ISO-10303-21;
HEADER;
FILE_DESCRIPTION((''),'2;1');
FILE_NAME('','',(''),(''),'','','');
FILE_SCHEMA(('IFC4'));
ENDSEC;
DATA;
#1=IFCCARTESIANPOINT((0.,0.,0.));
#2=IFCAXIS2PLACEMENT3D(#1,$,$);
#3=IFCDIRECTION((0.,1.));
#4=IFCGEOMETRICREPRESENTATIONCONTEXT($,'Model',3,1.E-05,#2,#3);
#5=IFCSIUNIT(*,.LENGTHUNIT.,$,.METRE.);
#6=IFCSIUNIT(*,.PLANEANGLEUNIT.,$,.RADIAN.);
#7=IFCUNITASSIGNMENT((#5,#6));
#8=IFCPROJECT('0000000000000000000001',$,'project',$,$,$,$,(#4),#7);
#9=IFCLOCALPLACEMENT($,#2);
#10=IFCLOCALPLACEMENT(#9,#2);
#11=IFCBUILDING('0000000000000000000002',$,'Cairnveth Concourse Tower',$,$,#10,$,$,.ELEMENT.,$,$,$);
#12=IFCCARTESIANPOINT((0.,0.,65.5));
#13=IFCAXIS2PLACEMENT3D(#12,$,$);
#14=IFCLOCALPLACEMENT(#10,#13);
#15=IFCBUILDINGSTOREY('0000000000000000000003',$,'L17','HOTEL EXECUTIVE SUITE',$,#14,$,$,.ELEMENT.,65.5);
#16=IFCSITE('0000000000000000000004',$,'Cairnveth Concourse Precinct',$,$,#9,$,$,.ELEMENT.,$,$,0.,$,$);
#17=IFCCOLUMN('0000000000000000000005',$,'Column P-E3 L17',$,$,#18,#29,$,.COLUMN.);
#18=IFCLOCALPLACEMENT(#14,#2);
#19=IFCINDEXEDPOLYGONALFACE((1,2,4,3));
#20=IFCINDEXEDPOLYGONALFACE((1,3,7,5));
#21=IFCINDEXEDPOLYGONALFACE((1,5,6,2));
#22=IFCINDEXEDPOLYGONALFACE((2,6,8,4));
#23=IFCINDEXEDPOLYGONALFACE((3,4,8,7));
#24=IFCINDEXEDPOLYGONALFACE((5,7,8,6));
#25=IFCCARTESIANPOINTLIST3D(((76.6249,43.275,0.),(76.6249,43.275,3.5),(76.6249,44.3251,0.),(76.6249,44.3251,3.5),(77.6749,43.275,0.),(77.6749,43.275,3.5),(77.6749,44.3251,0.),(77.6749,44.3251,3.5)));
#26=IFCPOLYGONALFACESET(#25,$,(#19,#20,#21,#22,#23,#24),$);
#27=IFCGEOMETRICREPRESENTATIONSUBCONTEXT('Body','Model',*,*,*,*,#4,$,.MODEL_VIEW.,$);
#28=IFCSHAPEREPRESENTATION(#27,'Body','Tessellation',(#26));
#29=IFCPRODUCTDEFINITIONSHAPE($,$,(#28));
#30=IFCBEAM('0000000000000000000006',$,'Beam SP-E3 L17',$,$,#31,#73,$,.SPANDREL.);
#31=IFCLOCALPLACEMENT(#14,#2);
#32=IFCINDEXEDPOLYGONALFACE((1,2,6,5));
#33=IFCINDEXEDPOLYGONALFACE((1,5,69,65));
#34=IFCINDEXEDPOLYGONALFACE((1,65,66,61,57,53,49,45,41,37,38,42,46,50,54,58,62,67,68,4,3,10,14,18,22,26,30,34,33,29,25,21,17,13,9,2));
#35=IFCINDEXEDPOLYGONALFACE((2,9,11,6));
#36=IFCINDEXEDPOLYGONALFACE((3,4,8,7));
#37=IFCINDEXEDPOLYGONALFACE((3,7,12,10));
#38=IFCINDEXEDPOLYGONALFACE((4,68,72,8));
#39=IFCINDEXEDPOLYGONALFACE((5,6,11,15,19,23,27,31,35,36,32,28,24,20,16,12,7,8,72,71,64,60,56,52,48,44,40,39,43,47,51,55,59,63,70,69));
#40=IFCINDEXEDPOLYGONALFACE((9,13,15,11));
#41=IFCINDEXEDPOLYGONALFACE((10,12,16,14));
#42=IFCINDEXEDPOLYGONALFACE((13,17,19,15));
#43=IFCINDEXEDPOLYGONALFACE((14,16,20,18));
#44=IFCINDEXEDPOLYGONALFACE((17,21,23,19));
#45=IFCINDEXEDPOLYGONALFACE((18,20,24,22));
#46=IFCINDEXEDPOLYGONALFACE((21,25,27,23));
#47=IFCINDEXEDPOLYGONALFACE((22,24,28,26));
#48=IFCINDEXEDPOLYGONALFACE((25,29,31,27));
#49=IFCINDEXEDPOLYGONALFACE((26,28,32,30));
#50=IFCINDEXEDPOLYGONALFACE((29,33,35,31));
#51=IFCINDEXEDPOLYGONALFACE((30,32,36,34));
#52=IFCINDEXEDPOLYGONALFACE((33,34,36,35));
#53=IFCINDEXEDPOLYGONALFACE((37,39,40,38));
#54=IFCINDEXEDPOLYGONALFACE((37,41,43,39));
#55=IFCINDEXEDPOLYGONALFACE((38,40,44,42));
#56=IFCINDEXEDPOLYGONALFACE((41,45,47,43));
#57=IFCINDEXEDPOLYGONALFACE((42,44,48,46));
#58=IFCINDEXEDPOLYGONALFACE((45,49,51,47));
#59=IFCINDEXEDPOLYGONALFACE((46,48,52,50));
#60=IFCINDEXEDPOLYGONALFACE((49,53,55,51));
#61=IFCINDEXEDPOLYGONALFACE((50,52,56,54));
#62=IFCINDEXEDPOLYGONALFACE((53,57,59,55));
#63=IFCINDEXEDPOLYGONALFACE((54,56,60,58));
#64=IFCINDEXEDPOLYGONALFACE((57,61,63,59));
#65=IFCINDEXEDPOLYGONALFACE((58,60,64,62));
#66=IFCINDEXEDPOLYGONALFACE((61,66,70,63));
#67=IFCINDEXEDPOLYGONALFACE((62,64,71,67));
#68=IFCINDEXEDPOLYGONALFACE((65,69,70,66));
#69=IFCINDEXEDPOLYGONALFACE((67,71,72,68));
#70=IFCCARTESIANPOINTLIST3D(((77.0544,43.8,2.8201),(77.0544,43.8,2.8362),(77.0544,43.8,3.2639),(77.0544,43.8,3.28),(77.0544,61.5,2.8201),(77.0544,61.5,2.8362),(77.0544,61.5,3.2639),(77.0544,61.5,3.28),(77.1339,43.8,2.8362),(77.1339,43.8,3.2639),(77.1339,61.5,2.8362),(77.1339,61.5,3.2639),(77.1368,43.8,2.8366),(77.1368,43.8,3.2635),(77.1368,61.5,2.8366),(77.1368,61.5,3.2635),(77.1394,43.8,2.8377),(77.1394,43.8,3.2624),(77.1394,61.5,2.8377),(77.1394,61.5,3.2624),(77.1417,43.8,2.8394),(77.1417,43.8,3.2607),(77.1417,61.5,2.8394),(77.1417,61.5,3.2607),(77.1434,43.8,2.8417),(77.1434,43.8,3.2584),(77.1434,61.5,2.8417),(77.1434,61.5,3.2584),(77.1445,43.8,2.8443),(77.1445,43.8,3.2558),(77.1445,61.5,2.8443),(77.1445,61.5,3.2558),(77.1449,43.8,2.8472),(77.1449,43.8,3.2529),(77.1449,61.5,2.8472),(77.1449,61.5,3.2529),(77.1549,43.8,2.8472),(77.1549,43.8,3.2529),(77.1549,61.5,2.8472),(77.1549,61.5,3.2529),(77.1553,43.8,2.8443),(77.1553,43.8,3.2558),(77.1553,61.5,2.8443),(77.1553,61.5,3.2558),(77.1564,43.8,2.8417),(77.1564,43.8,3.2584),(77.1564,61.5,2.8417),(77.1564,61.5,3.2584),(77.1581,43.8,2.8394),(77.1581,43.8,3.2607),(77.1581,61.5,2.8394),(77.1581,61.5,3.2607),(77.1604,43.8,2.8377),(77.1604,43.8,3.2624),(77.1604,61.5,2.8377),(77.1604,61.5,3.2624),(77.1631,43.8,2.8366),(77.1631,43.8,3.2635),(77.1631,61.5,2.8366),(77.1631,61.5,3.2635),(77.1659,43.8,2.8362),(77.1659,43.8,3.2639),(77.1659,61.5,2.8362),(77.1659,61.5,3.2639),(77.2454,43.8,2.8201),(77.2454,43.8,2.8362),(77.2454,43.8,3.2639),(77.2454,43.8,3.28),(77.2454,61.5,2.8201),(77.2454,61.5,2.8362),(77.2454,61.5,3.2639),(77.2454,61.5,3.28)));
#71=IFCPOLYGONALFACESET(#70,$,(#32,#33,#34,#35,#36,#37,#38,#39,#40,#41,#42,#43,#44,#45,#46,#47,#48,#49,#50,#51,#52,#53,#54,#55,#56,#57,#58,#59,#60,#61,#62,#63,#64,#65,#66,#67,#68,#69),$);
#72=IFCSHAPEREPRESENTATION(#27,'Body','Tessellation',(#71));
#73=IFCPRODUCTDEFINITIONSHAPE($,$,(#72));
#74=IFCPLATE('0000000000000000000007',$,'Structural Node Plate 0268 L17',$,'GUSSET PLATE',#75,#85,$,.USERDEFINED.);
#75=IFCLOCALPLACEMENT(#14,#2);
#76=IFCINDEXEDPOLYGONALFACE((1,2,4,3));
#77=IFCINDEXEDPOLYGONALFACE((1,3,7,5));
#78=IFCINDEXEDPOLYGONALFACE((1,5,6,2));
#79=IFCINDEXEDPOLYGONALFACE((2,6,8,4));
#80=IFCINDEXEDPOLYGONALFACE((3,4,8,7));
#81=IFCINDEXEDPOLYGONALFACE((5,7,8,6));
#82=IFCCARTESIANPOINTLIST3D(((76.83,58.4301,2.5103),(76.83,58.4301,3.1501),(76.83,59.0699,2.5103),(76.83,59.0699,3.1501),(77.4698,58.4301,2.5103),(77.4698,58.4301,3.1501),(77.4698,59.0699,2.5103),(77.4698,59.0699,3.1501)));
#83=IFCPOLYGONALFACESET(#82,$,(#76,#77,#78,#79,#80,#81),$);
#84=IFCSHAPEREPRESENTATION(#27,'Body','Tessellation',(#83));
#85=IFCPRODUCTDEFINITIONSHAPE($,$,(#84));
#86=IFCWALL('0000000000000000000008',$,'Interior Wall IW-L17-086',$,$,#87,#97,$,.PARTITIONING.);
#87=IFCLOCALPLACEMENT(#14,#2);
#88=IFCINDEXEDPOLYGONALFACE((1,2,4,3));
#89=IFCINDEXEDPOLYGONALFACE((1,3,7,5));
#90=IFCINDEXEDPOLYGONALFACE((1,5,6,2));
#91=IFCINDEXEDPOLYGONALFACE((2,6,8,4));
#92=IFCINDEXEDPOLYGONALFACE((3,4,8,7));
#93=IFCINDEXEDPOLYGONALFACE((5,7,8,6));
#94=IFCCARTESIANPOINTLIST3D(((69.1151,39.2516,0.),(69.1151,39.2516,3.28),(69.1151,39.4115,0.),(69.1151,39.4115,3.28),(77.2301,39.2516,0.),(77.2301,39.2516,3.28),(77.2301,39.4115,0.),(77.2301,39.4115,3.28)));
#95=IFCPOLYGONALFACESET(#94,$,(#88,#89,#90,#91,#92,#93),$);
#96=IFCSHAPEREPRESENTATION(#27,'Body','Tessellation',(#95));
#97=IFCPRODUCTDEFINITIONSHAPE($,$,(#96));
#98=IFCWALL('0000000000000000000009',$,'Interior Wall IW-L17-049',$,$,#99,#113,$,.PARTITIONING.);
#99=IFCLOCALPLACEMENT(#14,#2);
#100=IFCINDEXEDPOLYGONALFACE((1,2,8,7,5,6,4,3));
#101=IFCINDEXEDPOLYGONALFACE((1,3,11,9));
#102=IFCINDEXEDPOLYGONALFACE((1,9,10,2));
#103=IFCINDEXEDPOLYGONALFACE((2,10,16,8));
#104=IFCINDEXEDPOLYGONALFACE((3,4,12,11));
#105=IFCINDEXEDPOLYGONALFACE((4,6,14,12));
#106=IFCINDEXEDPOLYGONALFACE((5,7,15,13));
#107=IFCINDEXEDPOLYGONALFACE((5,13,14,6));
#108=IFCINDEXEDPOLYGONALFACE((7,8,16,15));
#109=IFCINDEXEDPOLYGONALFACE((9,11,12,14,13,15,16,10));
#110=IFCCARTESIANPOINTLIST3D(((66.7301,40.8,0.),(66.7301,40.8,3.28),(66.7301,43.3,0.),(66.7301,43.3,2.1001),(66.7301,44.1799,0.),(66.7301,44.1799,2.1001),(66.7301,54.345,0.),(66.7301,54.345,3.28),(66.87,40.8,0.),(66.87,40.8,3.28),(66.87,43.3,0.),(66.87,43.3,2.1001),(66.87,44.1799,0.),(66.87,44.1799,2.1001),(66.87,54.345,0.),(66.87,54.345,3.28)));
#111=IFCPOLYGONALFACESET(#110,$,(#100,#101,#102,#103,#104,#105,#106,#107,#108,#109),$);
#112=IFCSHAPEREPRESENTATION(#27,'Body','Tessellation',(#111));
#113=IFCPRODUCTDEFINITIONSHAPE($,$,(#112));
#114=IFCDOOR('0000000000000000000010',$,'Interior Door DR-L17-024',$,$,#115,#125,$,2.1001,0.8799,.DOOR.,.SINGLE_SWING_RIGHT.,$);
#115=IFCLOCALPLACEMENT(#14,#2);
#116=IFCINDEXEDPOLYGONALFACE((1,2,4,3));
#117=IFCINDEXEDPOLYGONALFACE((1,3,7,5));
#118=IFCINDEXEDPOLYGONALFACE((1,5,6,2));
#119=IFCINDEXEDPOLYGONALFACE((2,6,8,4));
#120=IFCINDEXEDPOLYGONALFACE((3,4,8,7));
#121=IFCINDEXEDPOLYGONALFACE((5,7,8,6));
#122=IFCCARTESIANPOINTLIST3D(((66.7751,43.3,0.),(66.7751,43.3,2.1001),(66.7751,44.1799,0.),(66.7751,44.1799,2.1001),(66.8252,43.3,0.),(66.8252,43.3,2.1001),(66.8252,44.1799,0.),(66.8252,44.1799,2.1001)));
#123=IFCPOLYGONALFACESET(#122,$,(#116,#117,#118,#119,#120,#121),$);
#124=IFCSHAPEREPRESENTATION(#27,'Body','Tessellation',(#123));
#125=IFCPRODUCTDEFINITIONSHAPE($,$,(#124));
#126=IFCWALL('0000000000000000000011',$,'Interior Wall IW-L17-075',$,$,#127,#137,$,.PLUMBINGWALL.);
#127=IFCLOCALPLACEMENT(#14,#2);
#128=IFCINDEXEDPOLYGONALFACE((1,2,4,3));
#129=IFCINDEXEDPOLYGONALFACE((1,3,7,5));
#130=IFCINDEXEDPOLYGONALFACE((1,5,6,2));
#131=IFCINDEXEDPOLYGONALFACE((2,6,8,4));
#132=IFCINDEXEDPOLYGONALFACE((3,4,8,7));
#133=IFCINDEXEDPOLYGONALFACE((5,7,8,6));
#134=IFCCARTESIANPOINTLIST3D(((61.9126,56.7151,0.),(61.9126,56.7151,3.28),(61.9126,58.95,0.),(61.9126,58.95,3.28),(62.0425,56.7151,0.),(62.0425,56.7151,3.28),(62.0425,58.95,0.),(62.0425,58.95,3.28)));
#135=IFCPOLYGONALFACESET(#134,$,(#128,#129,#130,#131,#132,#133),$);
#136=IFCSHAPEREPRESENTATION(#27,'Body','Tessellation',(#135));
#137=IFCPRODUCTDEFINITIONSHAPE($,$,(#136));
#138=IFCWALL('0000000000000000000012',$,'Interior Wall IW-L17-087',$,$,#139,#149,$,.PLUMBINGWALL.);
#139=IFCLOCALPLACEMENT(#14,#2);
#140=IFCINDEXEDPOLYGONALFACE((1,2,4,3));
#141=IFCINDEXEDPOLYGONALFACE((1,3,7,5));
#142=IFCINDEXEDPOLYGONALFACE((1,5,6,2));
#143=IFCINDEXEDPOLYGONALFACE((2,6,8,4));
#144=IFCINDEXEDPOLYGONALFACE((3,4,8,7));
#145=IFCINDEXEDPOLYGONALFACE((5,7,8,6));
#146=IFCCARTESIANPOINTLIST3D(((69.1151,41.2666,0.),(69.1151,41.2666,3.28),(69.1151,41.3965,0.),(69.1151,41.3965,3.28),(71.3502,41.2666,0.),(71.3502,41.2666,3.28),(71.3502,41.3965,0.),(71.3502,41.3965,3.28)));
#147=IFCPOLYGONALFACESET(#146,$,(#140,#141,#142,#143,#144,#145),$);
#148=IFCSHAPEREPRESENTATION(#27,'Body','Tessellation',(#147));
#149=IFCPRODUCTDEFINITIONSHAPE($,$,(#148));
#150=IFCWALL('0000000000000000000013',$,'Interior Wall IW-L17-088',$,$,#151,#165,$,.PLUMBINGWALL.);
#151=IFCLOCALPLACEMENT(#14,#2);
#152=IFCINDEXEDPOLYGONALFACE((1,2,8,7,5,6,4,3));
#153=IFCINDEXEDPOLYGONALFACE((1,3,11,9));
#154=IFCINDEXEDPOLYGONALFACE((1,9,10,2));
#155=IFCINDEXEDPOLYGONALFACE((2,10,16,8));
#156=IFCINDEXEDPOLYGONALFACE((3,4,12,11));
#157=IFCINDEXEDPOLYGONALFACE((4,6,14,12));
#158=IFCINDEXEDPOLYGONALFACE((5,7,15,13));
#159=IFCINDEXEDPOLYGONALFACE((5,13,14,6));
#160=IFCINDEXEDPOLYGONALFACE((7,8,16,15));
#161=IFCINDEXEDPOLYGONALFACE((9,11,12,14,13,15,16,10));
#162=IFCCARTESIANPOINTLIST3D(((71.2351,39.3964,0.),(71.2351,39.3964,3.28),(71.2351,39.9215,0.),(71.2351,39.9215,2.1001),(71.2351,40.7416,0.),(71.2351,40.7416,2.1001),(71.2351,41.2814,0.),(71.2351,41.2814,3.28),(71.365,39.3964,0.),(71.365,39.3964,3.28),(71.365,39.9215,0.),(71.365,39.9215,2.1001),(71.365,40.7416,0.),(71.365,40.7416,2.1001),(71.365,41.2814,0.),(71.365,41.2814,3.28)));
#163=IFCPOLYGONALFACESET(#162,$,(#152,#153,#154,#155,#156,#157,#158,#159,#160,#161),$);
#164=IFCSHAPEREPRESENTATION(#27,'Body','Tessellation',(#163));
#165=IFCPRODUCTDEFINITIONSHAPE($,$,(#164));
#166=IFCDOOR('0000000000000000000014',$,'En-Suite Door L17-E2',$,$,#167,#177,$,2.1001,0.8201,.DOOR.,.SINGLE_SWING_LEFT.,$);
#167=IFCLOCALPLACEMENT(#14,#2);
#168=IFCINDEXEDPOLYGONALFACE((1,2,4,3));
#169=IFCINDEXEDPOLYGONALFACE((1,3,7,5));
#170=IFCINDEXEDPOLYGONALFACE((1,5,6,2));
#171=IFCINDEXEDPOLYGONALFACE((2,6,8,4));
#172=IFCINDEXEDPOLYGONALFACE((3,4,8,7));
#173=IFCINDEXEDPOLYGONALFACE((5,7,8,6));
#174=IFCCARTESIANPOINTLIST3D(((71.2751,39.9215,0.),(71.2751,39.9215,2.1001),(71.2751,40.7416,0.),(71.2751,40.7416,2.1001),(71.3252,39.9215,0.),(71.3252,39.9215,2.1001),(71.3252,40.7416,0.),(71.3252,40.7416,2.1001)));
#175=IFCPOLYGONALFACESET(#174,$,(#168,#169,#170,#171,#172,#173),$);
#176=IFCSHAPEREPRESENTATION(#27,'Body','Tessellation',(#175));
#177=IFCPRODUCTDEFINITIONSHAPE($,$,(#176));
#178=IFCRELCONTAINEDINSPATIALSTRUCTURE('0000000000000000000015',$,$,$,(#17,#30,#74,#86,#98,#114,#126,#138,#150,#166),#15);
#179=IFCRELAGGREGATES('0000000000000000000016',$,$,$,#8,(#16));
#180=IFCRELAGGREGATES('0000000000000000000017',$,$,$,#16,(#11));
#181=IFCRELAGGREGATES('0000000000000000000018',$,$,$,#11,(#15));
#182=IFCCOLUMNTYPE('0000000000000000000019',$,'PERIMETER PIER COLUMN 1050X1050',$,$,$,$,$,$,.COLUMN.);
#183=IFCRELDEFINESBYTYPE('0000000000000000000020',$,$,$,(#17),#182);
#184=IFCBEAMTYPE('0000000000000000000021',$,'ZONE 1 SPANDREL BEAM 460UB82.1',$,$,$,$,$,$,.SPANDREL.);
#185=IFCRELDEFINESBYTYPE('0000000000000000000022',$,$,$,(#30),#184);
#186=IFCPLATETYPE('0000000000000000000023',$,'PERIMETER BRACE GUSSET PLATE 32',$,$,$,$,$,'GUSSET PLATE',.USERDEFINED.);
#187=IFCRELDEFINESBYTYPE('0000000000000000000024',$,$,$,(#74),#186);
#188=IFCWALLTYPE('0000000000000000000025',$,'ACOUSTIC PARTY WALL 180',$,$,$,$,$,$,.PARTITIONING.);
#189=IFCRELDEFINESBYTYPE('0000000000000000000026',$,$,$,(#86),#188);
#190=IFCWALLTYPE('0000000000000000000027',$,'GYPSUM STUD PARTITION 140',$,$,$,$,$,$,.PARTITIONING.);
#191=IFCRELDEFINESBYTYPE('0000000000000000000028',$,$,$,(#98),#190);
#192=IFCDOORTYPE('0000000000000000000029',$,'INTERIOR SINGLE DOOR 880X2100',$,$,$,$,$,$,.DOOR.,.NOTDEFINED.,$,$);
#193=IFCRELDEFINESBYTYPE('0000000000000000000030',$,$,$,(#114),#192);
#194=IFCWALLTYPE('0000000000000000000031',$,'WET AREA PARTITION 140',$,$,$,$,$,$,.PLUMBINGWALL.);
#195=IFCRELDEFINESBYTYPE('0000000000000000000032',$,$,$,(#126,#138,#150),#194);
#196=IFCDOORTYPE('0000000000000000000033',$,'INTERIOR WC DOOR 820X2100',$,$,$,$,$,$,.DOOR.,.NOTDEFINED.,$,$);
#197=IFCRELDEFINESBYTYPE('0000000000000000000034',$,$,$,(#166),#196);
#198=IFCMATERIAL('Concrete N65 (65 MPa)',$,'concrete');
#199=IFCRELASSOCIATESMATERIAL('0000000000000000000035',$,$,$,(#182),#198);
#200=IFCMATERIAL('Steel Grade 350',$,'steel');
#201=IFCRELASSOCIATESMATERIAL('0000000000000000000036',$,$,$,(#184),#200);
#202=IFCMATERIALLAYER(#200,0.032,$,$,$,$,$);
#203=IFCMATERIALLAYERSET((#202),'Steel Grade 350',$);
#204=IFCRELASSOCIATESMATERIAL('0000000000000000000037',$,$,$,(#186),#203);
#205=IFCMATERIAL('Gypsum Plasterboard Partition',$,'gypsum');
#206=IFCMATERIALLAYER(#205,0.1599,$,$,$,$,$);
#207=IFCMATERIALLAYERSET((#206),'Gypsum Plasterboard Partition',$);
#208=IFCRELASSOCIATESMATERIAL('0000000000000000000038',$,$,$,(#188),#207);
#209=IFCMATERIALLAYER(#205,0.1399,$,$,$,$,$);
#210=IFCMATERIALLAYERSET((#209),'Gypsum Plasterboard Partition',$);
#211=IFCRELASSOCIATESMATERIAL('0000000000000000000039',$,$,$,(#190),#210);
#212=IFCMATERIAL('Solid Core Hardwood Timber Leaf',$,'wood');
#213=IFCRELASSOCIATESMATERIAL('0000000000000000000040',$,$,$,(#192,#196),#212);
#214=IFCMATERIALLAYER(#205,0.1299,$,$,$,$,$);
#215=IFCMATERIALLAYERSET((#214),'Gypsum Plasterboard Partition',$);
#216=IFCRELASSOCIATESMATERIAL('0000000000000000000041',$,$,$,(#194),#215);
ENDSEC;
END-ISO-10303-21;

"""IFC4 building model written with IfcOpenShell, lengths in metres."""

from ifc_helpers import new_model, si_unit, direction, frame, frame_2d, origin, origin_2d, place, context, subcontext, project, spatial, rectangle, i_section, extrude, material, layer, layer_set, material_profile, profile_set, type_object, element, fill, save


model = new_model("IFC4")

# Units and contexts
model_context = context("Model", 3, precision=1e-05, world=origin(), true_north=direction((0.0, 1.0)))
body_context = subcontext(model_context, "Body", "Model", "MODEL_VIEW")
ifc_project = project(units=[si_unit("LENGTHUNIT", "METRE"), si_unit("PLANEANGLEUNIT", "RADIAN")], contexts=[model_context])

# Site, building, storey
site_placement = place(None, origin())
site = spatial("IfcSite", under=ifc_project, at=site_placement, Name="Cairnveth Concourse Precinct", CompositionType="ELEMENT", RefElevation=0.0)
building_placement = place(site_placement, origin())
building = spatial("IfcBuilding", under=site, at=building_placement, Name="Cairnveth Concourse Tower", CompositionType="ELEMENT")
storey_placement = place(building_placement, frame((0.0, 0.0, 65.5)))
storey = spatial("IfcBuildingStorey", under=building, at=storey_placement, Name="L17", Description="HOTEL EXECUTIVE SUITE", CompositionType="ELEMENT", Elevation=65.5)

# Column
ifc_material_1 = material(Name="Concrete N65 (65 MPa)", Category="concrete")
ifc_material_profile_1 = material_profile(ifc_material_1, rectangle(XDim=1.05, YDim=1.05, at=origin_2d()), Name="RC-COL-1050x1050")
ifc_profile_set_1 = profile_set([ifc_material_profile_1], Name="Concrete N65 (65 MPa)")
column_type = type_object("IfcColumnType", Name="PERIMETER PIER COLUMN 1050X1050", PredefinedType="COLUMN", material=ifc_profile_set_1)
column_placement = place(storey_placement, frame((77.1499, 43.8, 0.0), z_axis=(0.0, 0.0, 1.0), x_axis=(0.0, 1.0, 0.0)))
element("IfcColumn", 1, at=column_placement, inside=storey, type_object=column_type, Name="Column P-E3 L17", PredefinedType="COLUMN", context=body_context, shape_type="SweptSolid", body=[
    extrude(rectangle(XDim=1.05, YDim=1.05, at=origin_2d()), origin(), (0.0, 0.0, 1.0), 3.5),
])

# Beam
ifc_material_2 = material(Name="Steel Grade 350", Category="steel")
ifc_material_profile_2 = material_profile(ifc_material_2, i_section(OverallWidth=0.1909, OverallDepth=0.46, WebThickness=0.01, FlangeThickness=0.0161, FilletRadius=0.011, at=origin_2d()), Name="460UB82.1")
ifc_profile_set_2 = profile_set([ifc_material_profile_2], Name="Steel Grade 350")
beam_type = type_object("IfcBeamType", Name="ZONE 1 SPANDREL BEAM 460UB82.1", PredefinedType="SPANDREL", material=ifc_profile_set_2)
beam_placement = place(storey_placement, frame((77.1499, 43.8, 3.05), z_axis=(0.0, 1.0, 0.0), x_axis=(-1.0, 0.0, 0.0)))
element("IfcBeam", 2, at=beam_placement, inside=storey, type_object=beam_type, Name="Beam SP-E3 L17", PredefinedType="SPANDREL", context=body_context, shape_type="SweptSolid", body=[
    extrude(i_section(OverallWidth=0.1909, OverallDepth=0.46, WebThickness=0.01, FlangeThickness=0.0161, FilletRadius=0.011, at=origin_2d()), origin(), (0.0, 0.0, 1.0), 17.7),
])

# Plate
ifc_layer_1 = layer(ifc_material_2, 0.032)
ifc_layer_set_1 = layer_set([ifc_layer_1], Name="Steel Grade 350")
plate_type = type_object("IfcPlateType", Name="PERIMETER BRACE GUSSET PLATE 32", ElementType="GUSSET PLATE", PredefinedType="USERDEFINED", material=ifc_layer_set_1)
plate_placement = place(storey_placement, frame((77.1499, 58.75, 2.5103), z_axis=(0.0, 0.0, 1.0), x_axis=(1.0, 0.0, 0.0)))
element("IfcPlate", 3, at=plate_placement, inside=storey, type_object=plate_type, Name="Structural Node Plate 0268 L17", ObjectType="GUSSET PLATE", PredefinedType="USERDEFINED", context=body_context, shape_type="SweptSolid", body=[
    extrude(rectangle(XDim=0.6399, YDim=0.6399, at=origin_2d()), origin(), (0.0, 0.0, 1.0), 0.6399),
])

# Wall
ifc_material_3 = material(Name="Gypsum Plasterboard Partition", Category="gypsum")
ifc_layer_2 = layer(ifc_material_3, 0.1599)
ifc_layer_set_2 = layer_set([ifc_layer_2], Name="Gypsum Plasterboard Partition")
wall_type_1 = type_object("IfcWallType", Name="ACOUSTIC PARTY WALL 180", PredefinedType="PARTITIONING", material=ifc_layer_set_2)
wall_1_placement = place(storey_placement, frame((69.115, 39.3315, 0.0), z_axis=(0.0, 0.0, 1.0), x_axis=(1.0, 0.0, 0.0)))
element("IfcWall", 4, at=wall_1_placement, inside=storey, type_object=wall_type_1, Name="Interior Wall IW-L17-086", PredefinedType="PARTITIONING", context=body_context, shape_type="SweptSolid", body=[
    extrude(rectangle(XDim=8.115, YDim=0.1599, at=frame_2d((4.0576, 0.0))), origin(), (0.0, 0.0, 1.0), 3.28),
])

# Wall, opening, door
ifc_layer_3 = layer(ifc_material_3, 0.1399)
ifc_layer_set_3 = layer_set([ifc_layer_3], Name="Gypsum Plasterboard Partition")
wall_type_2 = type_object("IfcWallType", Name="GYPSUM STUD PARTITION 140", PredefinedType="PARTITIONING", material=ifc_layer_set_3)
wall_2_placement = place(storey_placement, frame((66.8, 40.8, 0.0), z_axis=(0.0, 0.0, 1.0), x_axis=(0.0, 1.0, 0.0)))
wall_2 = element("IfcWall", 5, at=wall_2_placement, inside=storey, type_object=wall_type_2, Name="Interior Wall IW-L17-049", PredefinedType="PARTITIONING", context=body_context, shape_type="SweptSolid", body=[
    extrude(rectangle(XDim=13.5449, YDim=0.1399, at=frame_2d((6.7725, 0.0))), origin(), (0.0, 0.0, 1.0), 3.28),
])
opening_1_placement = place(wall_2_placement, frame((2.5, 0.0, 0.0)))
opening_1 = element("IfcOpeningElement", 6, at=opening_1_placement, cuts=wall_2, PredefinedType="OPENING", context=body_context, shape_type="SweptSolid", body=[
    extrude(rectangle(XDim=0.8799, YDim=2.1001, at=frame_2d((0.4399, 1.05))), frame((0.0, 0.0798, 0.0), z_axis=(0.0, -1.0, 0.0), x_axis=(1.0, 0.0, 0.0)), (0.0, 0.0, 1.0), 0.1599),
])
ifc_material_4 = material(Name="Solid Core Hardwood Timber Leaf", Category="wood")
door_type_1 = type_object("IfcDoorType", Name="INTERIOR SINGLE DOOR 880X2100", OperationType="NOTDEFINED", PredefinedType="DOOR", material=ifc_material_4)
door_1_placement = place(opening_1_placement, origin())
door_1 = element("IfcDoor", 7, at=door_1_placement, inside=storey, type_object=door_type_1, Name="Interior Door DR-L17-024", OperationType="SINGLE_SWING_RIGHT", OverallHeight=2.1001, OverallWidth=0.8799, PredefinedType="DOOR", context=body_context, shape_type="SweptSolid", body=[
    extrude(rectangle(XDim=0.8799, YDim=2.1001, at=frame_2d((0.4399, 1.05))), frame((0.0, 0.0249, 0.0), z_axis=(0.0, -1.0, 0.0), x_axis=(1.0, 0.0, 0.0)), (0.0, 0.0, 1.0), 0.05),
])
fill(opening_1, door_1)

# Walls
ifc_layer_4 = layer(ifc_material_3, 0.1299)
ifc_layer_set_4 = layer_set([ifc_layer_4], Name="Gypsum Plasterboard Partition")
wall_type_3 = type_object("IfcWallType", Name="WET AREA PARTITION 140", PredefinedType="PLUMBINGWALL", material=ifc_layer_set_4)
wall_3_placement = place(storey_placement, frame((61.9775, 56.7151, 0.0), z_axis=(0.0, 0.0, 1.0), x_axis=(0.0, 1.0, 0.0)))
element("IfcWall", 8, at=wall_3_placement, inside=storey, type_object=wall_type_3, Name="Interior Wall IW-L17-075", PredefinedType="PLUMBINGWALL", context=body_context, shape_type="SweptSolid", body=[
    extrude(rectangle(XDim=2.2349, YDim=0.1299, at=frame_2d((1.1174, 0.0))), origin(), (0.0, 0.0, 1.0), 3.28),
])
wall_4_placement = place(storey_placement, frame((69.115, 41.3315, 0.0), z_axis=(0.0, 0.0, 1.0), x_axis=(1.0, 0.0, 0.0)))
element("IfcWall", 9, at=wall_4_placement, inside=storey, type_object=wall_type_3, Name="Interior Wall IW-L17-087", PredefinedType="PLUMBINGWALL", context=body_context, shape_type="SweptSolid", body=[
    extrude(rectangle(XDim=2.2351, YDim=0.1299, at=frame_2d((1.1177, 0.0))), origin(), (0.0, 0.0, 1.0), 3.28),
])

# Wall, opening, door
wall_5_placement = place(storey_placement, frame((71.3, 39.3965, 0.0), z_axis=(0.0, 0.0, 1.0), x_axis=(0.0, 1.0, 0.0)))
wall_5 = element("IfcWall", 10, at=wall_5_placement, inside=storey, type_object=wall_type_3, Name="Interior Wall IW-L17-088", PredefinedType="PLUMBINGWALL", context=body_context, shape_type="SweptSolid", body=[
    extrude(rectangle(XDim=1.885, YDim=0.1299, at=frame_2d((0.9424, 0.0))), origin(), (0.0, 0.0, 1.0), 3.28),
])
opening_2_placement = place(wall_5_placement, frame((0.5249, 0.0, 0.0)))
opening_2 = element("IfcOpeningElement", 11, at=opening_2_placement, cuts=wall_5, PredefinedType="OPENING", context=body_context, shape_type="SweptSolid", body=[
    extrude(rectangle(XDim=0.8201, YDim=2.1001, at=frame_2d((0.4102, 1.05))), frame((0.0, 0.075, 0.0), z_axis=(0.0, -1.0, 0.0), x_axis=(1.0, 0.0, 0.0)), (0.0, 0.0, 1.0), 0.1499),
])
door_type_2 = type_object("IfcDoorType", Name="INTERIOR WC DOOR 820X2100", OperationType="NOTDEFINED", PredefinedType="DOOR", material=ifc_material_4)
door_2_placement = place(opening_2_placement, origin())
door_2 = element("IfcDoor", 12, at=door_2_placement, inside=storey, type_object=door_type_2, Name="En-Suite Door L17-E2", OperationType="SINGLE_SWING_LEFT", OverallHeight=2.1001, OverallWidth=0.8201, PredefinedType="DOOR", context=body_context, shape_type="SweptSolid", body=[
    extrude(rectangle(XDim=0.8201, YDim=2.1001, at=frame_2d((0.4102, 1.05))), frame((0.0, 0.0249, 0.0), z_axis=(0.0, -1.0, 0.0), x_axis=(1.0, 0.0, 0.0)), (0.0, 0.0, 1.0), 0.05),
])
fill(opening_2, door_2)

save(model, "model.ifc")
